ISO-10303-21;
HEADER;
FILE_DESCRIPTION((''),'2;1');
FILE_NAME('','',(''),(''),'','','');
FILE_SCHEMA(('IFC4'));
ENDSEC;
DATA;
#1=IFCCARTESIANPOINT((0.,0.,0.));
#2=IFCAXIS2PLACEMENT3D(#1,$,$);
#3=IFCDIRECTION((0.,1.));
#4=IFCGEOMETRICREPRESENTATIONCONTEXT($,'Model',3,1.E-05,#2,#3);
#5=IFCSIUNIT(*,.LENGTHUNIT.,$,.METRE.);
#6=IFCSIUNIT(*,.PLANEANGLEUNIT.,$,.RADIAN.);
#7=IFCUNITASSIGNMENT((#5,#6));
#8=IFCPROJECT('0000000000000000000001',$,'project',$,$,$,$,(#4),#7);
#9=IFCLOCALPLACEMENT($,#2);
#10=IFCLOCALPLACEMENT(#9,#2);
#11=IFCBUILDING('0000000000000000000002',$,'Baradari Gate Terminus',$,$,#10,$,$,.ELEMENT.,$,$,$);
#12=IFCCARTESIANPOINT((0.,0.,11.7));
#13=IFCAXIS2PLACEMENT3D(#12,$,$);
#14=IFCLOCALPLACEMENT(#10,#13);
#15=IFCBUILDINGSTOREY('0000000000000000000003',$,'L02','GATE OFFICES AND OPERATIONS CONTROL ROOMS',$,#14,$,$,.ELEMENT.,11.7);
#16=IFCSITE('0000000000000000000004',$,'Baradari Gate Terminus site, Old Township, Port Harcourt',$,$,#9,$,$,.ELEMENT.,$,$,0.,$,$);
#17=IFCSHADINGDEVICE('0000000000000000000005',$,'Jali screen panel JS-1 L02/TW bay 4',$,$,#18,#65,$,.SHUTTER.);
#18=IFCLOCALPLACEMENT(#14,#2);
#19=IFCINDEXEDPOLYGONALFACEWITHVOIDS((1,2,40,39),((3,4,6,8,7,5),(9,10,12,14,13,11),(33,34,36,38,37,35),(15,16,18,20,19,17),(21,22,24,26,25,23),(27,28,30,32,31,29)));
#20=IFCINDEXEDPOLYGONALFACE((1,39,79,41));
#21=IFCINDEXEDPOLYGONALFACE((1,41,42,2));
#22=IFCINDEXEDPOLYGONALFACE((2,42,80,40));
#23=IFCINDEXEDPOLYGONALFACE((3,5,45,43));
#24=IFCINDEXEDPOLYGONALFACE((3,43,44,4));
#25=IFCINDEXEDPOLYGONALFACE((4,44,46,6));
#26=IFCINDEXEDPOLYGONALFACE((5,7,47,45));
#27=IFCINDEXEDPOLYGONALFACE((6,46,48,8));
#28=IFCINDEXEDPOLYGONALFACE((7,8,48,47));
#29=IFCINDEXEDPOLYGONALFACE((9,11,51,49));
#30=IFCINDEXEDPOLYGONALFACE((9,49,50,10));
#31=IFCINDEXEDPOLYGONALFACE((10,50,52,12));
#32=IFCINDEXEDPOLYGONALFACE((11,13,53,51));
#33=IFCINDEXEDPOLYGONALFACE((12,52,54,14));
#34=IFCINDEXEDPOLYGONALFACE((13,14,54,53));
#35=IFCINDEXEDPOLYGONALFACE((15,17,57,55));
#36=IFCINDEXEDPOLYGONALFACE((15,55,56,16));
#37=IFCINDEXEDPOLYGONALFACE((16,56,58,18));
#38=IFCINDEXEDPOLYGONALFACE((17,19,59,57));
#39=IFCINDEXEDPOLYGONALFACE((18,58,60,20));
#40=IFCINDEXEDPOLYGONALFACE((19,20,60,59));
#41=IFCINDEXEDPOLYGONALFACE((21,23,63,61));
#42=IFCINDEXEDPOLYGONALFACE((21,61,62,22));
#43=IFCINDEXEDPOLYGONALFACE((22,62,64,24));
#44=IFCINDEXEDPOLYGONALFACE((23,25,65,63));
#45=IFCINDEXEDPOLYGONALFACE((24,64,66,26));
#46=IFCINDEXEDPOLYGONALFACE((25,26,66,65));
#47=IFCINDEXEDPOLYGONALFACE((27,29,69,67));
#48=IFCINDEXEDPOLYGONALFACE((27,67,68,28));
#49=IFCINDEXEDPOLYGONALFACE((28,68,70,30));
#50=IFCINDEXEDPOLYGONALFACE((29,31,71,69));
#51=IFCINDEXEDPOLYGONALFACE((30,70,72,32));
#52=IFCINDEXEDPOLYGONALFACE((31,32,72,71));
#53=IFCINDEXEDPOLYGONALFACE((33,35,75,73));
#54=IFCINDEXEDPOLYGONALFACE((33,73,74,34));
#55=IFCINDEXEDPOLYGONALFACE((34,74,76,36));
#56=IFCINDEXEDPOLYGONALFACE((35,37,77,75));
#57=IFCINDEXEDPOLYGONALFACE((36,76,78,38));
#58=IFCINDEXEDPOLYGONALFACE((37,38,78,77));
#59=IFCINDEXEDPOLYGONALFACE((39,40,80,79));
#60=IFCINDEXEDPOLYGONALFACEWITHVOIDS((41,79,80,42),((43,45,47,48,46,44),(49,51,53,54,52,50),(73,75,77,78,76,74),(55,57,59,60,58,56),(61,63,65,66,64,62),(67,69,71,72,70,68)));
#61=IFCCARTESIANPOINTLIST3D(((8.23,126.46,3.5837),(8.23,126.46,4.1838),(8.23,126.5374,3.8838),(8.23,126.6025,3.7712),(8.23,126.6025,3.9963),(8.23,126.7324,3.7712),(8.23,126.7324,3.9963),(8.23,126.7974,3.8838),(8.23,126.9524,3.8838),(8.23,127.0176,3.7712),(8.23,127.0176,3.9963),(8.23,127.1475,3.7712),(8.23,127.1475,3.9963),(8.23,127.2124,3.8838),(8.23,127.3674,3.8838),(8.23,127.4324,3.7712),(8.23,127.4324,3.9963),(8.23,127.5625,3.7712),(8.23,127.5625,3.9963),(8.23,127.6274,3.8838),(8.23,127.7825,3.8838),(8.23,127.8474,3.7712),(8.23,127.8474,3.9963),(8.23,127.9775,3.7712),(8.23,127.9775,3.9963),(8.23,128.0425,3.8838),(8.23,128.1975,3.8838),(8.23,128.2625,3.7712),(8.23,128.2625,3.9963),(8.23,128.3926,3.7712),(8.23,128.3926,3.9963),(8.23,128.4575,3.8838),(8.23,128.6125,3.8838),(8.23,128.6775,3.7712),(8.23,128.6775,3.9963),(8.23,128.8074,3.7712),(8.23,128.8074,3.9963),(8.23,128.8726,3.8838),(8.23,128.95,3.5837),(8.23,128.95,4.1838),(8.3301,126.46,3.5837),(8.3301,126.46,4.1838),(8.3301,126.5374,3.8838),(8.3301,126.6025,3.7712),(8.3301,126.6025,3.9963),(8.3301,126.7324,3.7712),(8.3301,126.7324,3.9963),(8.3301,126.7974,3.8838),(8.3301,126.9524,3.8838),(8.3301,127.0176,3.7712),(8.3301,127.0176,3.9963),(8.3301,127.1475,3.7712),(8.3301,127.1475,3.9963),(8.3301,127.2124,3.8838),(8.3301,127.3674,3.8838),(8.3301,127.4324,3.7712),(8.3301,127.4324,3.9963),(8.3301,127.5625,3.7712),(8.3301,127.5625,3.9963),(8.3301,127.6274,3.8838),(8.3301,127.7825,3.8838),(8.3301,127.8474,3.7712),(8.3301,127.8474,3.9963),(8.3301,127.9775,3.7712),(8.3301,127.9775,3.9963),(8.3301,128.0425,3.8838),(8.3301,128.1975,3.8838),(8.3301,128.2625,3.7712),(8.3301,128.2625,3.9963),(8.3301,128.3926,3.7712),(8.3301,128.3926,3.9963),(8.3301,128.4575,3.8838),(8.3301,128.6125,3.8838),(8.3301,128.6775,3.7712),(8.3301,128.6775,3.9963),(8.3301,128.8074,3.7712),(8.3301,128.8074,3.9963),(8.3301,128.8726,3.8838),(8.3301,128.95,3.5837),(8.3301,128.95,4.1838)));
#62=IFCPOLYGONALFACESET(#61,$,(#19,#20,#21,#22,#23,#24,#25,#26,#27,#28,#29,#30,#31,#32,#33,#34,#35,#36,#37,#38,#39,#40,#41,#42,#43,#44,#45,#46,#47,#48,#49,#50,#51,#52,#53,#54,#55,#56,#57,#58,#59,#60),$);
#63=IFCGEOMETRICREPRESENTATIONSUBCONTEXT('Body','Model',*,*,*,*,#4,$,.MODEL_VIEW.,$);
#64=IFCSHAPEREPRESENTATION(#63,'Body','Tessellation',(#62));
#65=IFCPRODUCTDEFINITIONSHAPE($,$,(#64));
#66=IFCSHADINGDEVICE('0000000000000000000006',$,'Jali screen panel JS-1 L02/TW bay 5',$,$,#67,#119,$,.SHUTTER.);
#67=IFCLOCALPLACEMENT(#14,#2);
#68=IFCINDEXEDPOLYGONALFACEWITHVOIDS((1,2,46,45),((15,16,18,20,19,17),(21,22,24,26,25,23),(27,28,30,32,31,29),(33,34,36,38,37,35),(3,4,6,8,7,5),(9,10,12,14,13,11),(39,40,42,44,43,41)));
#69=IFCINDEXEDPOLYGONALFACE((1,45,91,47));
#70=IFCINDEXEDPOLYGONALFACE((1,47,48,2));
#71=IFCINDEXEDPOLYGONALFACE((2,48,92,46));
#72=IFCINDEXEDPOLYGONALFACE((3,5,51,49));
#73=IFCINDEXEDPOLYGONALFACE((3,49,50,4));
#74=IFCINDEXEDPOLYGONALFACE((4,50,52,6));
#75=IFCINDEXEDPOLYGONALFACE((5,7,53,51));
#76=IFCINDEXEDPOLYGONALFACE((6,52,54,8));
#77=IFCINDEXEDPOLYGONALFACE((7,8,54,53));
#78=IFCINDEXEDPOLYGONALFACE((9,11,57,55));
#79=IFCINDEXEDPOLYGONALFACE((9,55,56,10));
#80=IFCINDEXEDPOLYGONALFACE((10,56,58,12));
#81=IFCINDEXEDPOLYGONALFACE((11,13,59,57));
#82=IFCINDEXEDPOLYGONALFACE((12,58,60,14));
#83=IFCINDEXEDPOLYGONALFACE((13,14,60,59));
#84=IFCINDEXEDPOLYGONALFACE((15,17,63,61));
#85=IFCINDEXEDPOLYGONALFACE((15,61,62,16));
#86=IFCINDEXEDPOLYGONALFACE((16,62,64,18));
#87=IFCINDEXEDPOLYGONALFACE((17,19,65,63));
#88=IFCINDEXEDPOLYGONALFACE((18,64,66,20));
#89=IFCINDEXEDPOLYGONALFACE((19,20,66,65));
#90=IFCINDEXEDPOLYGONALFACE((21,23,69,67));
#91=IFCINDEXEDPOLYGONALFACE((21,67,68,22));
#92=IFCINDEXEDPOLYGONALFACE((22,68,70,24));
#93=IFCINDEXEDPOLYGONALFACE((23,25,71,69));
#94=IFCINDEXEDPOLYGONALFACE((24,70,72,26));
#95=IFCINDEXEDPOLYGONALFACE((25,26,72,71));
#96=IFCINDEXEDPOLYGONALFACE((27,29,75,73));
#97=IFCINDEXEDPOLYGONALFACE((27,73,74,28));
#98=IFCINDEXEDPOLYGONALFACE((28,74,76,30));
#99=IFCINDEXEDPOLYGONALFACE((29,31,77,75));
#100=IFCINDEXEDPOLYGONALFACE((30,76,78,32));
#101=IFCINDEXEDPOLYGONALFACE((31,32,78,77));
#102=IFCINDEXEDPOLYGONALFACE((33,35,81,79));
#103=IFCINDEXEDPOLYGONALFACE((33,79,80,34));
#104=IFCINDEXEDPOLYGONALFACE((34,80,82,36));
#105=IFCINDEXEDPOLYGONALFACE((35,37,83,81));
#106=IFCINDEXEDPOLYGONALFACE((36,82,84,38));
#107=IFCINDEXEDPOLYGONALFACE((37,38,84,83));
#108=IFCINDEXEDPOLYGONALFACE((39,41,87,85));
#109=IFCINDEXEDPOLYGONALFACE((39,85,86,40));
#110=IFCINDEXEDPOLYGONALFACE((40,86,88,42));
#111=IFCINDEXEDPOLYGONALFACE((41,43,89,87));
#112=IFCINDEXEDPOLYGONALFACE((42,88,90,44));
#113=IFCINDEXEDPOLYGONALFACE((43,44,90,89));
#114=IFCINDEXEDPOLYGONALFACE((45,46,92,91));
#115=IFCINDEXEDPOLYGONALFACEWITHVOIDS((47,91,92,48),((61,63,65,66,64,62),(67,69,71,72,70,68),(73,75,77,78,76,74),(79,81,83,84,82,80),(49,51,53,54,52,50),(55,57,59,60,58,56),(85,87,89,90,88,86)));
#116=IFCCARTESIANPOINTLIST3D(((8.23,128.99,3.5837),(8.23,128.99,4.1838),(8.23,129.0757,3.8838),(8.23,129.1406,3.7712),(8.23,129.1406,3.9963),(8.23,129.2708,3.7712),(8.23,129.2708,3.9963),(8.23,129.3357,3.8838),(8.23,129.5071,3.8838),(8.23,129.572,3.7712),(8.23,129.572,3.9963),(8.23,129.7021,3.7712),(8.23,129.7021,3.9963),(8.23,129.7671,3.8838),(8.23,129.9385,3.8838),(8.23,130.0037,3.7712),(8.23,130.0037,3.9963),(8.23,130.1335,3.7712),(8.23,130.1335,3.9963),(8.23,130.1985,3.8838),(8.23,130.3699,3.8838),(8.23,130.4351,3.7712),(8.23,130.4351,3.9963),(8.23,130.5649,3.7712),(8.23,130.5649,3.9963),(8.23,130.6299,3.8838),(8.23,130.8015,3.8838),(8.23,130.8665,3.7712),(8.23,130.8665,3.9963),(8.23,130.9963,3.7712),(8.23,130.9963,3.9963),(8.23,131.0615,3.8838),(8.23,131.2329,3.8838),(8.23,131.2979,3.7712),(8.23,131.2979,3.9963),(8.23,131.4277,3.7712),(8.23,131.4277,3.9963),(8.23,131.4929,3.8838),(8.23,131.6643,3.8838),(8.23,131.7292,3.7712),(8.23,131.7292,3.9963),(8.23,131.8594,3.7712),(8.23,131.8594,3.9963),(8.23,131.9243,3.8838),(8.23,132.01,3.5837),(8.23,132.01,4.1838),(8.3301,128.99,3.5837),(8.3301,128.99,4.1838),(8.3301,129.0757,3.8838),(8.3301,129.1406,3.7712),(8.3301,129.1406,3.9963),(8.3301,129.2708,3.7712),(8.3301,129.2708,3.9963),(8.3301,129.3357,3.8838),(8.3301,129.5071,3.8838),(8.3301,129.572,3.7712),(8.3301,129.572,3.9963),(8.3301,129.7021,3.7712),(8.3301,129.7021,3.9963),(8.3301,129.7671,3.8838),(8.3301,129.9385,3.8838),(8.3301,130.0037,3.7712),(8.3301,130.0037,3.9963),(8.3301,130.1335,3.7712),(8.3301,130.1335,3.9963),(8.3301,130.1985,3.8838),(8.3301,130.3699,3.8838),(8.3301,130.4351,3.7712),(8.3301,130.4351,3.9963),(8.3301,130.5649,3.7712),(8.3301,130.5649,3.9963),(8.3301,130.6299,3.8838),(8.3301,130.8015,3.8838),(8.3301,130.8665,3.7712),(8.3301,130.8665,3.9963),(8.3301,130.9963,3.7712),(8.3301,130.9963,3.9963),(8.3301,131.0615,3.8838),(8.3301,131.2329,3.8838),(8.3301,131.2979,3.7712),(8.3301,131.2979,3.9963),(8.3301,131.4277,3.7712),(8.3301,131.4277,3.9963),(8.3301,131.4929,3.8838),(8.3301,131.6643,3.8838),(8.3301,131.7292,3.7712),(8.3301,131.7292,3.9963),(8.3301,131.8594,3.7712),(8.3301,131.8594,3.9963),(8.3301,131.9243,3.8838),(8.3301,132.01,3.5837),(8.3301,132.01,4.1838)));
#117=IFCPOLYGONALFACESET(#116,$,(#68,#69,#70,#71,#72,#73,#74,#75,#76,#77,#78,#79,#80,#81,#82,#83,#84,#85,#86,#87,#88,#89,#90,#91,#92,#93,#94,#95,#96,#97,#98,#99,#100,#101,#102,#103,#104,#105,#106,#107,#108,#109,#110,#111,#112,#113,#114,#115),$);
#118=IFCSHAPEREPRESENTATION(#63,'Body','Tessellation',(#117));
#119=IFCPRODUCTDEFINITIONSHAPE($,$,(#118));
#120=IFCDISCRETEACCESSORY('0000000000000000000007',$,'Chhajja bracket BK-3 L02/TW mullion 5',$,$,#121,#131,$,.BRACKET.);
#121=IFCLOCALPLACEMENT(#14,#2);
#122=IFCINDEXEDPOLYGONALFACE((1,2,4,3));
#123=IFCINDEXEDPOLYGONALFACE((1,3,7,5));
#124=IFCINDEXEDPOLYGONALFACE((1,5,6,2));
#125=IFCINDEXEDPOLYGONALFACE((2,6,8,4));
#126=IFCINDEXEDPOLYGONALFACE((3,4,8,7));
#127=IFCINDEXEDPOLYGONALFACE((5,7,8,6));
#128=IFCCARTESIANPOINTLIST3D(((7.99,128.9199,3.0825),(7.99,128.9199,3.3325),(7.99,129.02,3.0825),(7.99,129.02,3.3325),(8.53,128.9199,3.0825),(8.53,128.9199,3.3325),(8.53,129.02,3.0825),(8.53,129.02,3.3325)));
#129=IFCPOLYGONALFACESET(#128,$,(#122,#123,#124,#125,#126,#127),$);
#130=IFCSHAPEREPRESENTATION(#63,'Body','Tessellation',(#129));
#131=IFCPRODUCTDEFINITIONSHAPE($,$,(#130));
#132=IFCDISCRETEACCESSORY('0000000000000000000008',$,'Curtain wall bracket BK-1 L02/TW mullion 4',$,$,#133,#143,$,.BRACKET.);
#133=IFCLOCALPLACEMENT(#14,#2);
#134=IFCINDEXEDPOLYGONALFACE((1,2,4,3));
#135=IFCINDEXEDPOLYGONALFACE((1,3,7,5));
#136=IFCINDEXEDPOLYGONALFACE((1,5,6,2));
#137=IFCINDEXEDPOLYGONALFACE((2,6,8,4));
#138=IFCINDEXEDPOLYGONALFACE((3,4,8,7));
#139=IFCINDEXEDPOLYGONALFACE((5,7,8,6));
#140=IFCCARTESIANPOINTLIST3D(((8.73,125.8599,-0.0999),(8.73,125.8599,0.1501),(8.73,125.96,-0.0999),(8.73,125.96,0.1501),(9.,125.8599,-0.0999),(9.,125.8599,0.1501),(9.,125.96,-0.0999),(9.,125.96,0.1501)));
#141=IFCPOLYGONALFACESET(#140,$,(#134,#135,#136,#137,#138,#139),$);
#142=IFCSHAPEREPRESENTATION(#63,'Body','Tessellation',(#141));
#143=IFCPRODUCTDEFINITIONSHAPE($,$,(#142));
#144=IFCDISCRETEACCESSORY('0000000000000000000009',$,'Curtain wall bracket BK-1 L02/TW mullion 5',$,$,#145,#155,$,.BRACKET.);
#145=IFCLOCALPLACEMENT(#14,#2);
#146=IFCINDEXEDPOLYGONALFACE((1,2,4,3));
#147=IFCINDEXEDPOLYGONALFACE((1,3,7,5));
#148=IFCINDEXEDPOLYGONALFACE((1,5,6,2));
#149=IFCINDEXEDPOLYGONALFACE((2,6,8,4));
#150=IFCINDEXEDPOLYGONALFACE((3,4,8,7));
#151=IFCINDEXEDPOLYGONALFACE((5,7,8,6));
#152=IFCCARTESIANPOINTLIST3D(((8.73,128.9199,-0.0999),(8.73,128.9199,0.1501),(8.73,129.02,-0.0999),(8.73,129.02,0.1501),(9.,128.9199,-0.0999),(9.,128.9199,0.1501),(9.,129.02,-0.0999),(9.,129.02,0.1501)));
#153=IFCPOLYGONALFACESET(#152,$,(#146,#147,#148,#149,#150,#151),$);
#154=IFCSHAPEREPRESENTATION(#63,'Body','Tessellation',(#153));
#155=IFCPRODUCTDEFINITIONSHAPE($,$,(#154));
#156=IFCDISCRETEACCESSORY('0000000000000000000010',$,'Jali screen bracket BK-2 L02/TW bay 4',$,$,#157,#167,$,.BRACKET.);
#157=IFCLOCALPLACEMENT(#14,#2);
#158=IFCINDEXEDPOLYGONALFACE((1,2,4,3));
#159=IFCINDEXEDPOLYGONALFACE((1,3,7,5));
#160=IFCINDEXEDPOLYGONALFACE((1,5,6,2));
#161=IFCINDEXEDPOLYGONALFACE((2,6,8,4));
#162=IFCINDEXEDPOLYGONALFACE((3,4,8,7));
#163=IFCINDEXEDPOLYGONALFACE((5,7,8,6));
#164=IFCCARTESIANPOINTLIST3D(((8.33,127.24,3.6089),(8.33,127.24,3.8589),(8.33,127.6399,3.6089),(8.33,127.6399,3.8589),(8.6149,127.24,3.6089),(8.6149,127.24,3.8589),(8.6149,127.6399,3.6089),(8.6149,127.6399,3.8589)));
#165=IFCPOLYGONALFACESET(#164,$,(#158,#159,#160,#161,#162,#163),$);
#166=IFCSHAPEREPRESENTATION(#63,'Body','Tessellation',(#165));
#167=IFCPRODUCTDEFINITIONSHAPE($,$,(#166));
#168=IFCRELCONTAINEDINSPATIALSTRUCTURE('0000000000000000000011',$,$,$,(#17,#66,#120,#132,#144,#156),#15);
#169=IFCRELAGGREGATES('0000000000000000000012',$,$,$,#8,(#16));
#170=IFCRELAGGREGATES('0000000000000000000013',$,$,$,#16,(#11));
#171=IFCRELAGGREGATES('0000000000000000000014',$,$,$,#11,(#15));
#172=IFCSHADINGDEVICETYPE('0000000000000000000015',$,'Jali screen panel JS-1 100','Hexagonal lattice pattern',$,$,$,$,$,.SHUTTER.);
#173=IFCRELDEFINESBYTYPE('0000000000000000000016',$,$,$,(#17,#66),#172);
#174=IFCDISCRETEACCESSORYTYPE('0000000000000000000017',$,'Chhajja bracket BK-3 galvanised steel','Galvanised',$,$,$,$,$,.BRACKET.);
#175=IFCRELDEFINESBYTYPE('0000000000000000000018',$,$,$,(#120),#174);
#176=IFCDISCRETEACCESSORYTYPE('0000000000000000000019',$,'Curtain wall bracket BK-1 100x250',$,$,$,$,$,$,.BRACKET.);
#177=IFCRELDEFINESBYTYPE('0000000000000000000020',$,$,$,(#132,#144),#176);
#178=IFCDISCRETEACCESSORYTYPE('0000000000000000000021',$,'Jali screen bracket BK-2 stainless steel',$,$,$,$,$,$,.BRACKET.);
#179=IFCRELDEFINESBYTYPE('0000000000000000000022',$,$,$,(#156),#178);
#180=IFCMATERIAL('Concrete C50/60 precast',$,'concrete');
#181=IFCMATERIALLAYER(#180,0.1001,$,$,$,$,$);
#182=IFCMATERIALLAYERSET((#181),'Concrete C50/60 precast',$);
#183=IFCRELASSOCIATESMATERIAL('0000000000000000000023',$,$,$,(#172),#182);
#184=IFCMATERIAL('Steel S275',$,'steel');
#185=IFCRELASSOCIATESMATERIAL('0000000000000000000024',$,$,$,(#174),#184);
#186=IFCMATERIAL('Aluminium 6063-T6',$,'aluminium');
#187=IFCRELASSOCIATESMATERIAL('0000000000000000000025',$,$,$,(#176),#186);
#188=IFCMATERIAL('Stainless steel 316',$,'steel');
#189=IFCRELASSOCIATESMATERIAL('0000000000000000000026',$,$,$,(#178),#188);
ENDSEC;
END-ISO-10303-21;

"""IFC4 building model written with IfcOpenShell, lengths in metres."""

from ifc_helpers import new_model, si_unit, direction, frame, origin, origin_2d, place, context, subcontext, project, spatial, polyline, rectangle, outline, extrude, material, layer, layer_set, type_object, element, save


model = new_model("IFC4")

# Units and contexts
model_context = context("Model", 3, precision=1e-05, world=origin(), true_north=direction((0.0, 1.0)))
body_context = subcontext(model_context, "Body", "Model", "MODEL_VIEW")
ifc_project = project(units=[si_unit("LENGTHUNIT", "METRE"), si_unit("PLANEANGLEUNIT", "RADIAN")], contexts=[model_context])

# Site, building, storey
site_placement = place(None, origin())
site = spatial("IfcSite", under=ifc_project, at=site_placement, Name="Baradari Gate Terminus site, Old Township, Port Harcourt", CompositionType="ELEMENT", RefElevation=0.0)
building_placement = place(site_placement, origin())
building = spatial("IfcBuilding", under=site, at=building_placement, Name="Baradari Gate Terminus", CompositionType="ELEMENT")
storey_placement = place(building_placement, frame((0.0, 0.0, 11.7)))
storey = spatial("IfcBuildingStorey", under=building, at=storey_placement, Name="L02", Description="GATE OFFICES AND OPERATIONS CONTROL ROOMS", CompositionType="ELEMENT", Elevation=11.7)

# Shading devices
ifc_material_1 = material(Name="Concrete C50/60 precast", Category="concrete")
ifc_layer_1 = layer(ifc_material_1, 0.1001)
ifc_layer_set_1 = layer_set([ifc_layer_1], Name="Concrete C50/60 precast")
shading_device_type_1 = type_object("IfcShadingDeviceType", Name="Jali screen panel JS-1 100", Description="Hexagonal lattice pattern", PredefinedType="SHUTTER", material=ifc_layer_set_1)
shading_device_1_placement = place(storey_placement, frame((8.28, 126.46, 3.5837), z_axis=(0.0, 0.0, 1.0), x_axis=(0.0, 1.0, 0.0)))
element("IfcShadingDevice", 1, at=shading_device_1_placement, inside=storey, type_object=shading_device_type_1, Name="Jali screen panel JS-1 L02/TW bay 4", PredefinedType="SHUTTER", context=body_context, shape_type="SweptSolid", body=[
    extrude(outline(polyline([(0.0, 0.0), (2.49, 0.0), (2.49, 0.6001), (0.0, 0.6001), (0.0, 0.0)]), holes=[polyline([(0.3374, 0.3), (0.2725, 0.1875), (0.1426, 0.1875), (0.0774, 0.3), (0.1426, 0.4126), (0.2725, 0.4126), (0.3374, 0.3)]), polyline([(0.7524, 0.3), (0.6875, 0.1875), (0.5576, 0.1875), (0.4924, 0.3), (0.5576, 0.4126), (0.6875, 0.4126), (0.7524, 0.3)]), polyline([(1.1675, 0.3), (1.1025, 0.1875), (0.9724, 0.1875), (0.9075, 0.3), (0.9724, 0.4126), (1.1025, 0.4126), (1.1675, 0.3)]), polyline([(1.5825, 0.3), (1.5176, 0.1875), (1.3875, 0.1875), (1.3225, 0.3), (1.3875, 0.4126), (1.5176, 0.4126), (1.5825, 0.3)]), polyline([(1.9976, 0.3), (1.9326, 0.1875), (1.8025, 0.1875), (1.7375, 0.3), (1.8025, 0.4126), (1.9326, 0.4126), (1.9976, 0.3)]), polyline([(2.4126, 0.3), (2.3474, 0.1875), (2.2175, 0.1875), (2.1526, 0.3), (2.2175, 0.4126), (2.3474, 0.4126), (2.4126, 0.3)])]), frame((0.0, 0.05, 0.0), z_axis=(0.0, -1.0, 0.0), x_axis=(1.0, 0.0, 0.0)), (0.0, 0.0, 1.0), 0.1001),
])
shading_device_2_placement = place(storey_placement, frame((8.28, 128.99, 3.5837), z_axis=(0.0, 0.0, 1.0), x_axis=(0.0, 1.0, 0.0)))
element("IfcShadingDevice", 2, at=shading_device_2_placement, inside=storey, type_object=shading_device_type_1, Name="Jali screen panel JS-1 L02/TW bay 5", PredefinedType="SHUTTER", context=body_context, shape_type="SweptSolid", body=[
    extrude(outline(polyline([(0.0, 0.0), (3.02, 0.0), (3.02, 0.6001), (0.0, 0.6001), (0.0, 0.0)]), holes=[polyline([(0.3457, 0.3), (0.2808, 0.1875), (0.1506, 0.1875), (0.0857, 0.3), (0.1506, 0.4126), (0.2808, 0.4126), (0.3457, 0.3)]), polyline([(0.7771, 0.3), (0.7122, 0.1875), (0.582, 0.1875), (0.5171, 0.3), (0.582, 0.4126), (0.7122, 0.4126), (0.7771, 0.3)]), polyline([(1.2085, 0.3), (1.1436, 0.1875), (1.0137, 0.1875), (0.9485, 0.3), (1.0137, 0.4126), (1.1436, 0.4126), (1.2085, 0.3)]), polyline([(1.6399, 0.3), (1.575, 0.1875), (1.4451, 0.1875), (1.3799, 0.3), (1.4451, 0.4126), (1.575, 0.4126), (1.6399, 0.3)]), polyline([(2.0715, 0.3), (2.0063, 0.1875), (1.8765, 0.1875), (1.8115, 0.3), (1.8765, 0.4126), (2.0063, 0.4126), (2.0715, 0.3)]), polyline([(2.5029, 0.3), (2.4377, 0.1875), (2.3079, 0.1875), (2.2429, 0.3), (2.3079, 0.4126), (2.4377, 0.4126), (2.5029, 0.3)]), polyline([(2.9343, 0.3), (2.8694, 0.1875), (2.7393, 0.1875), (2.6743, 0.3), (2.7393, 0.4126), (2.8694, 0.4126), (2.9343, 0.3)])]), frame((0.0, 0.05, 0.0), z_axis=(0.0, -1.0, 0.0), x_axis=(1.0, 0.0, 0.0)), (0.0, 0.0, 1.0), 0.1001),
])

# Discrete accessories
ifc_material_2 = material(Name="Steel S275", Category="steel")
discrete_accessory_type_1 = type_object("IfcDiscreteAccessoryType", Name="Chhajja bracket BK-3 galvanised steel", Description="Galvanised", PredefinedType="BRACKET", material=ifc_material_2)
discrete_accessory_1_placement = place(storey_placement, frame((8.26, 128.97, 3.0825), z_axis=(0.0, 0.0, 1.0), x_axis=(-1.0, 0.0, 0.0)))
element("IfcDiscreteAccessory", 3, at=discrete_accessory_1_placement, inside=storey, type_object=discrete_accessory_type_1, Name="Chhajja bracket BK-3 L02/TW mullion 5", PredefinedType="BRACKET", context=body_context, shape_type="SweptSolid", body=[
    extrude(rectangle(XDim=0.54, YDim=0.1001, at=origin_2d()), origin(), (0.0, 0.0, 1.0), 0.25),
])
ifc_material_3 = material(Name="Aluminium 6063-T6", Category="aluminium")
discrete_accessory_type_2 = type_object("IfcDiscreteAccessoryType", Name="Curtain wall bracket BK-1 100x250", PredefinedType="BRACKET", material=ifc_material_3)
for number, where, z_axis, x_axis, name in (
    (4, (8.865, 125.9099, -0.0999), (0.0, 0.0, 1.0), (-1.0, 0.0, 0.0), "Curtain wall bracket BK-1 L02/TW mullion 4"),
    (5, (8.865, 128.97, -0.0999), (0.0, 0.0, 1.0), (-1.0, 0.0, 0.0), "Curtain wall bracket BK-1 L02/TW mullion 5"),
):
    element("IfcDiscreteAccessory", number, at=place(storey_placement, frame(where, z_axis=z_axis, x_axis=x_axis)), inside=storey, type_object=discrete_accessory_type_2, Name=name, PredefinedType="BRACKET", context=body_context, shape_type="SweptSolid", body=[
        extrude(rectangle(XDim=0.27, YDim=0.1001, at=origin_2d()), origin(), (0.0, 0.0, 1.0), 0.25),
    ])
ifc_material_4 = material(Name="Stainless steel 316", Category="steel")
discrete_accessory_type_3 = type_object("IfcDiscreteAccessoryType", Name="Jali screen bracket BK-2 stainless steel", PredefinedType="BRACKET", material=ifc_material_4)
discrete_accessory_2_placement = place(storey_placement, frame((8.4724, 127.4399, 3.6089), z_axis=(0.0, 0.0, 1.0), x_axis=(-1.0, 0.0, 0.0)))
element("IfcDiscreteAccessory", 6, at=discrete_accessory_2_placement, inside=storey, type_object=discrete_accessory_type_3, Name="Jali screen bracket BK-2 L02/TW bay 4", PredefinedType="BRACKET", context=body_context, shape_type="SweptSolid", body=[
    extrude(rectangle(XDim=0.2849, YDim=0.3999, at=origin_2d()), origin(), (0.0, 0.0, 1.0), 0.25),
])

save(model, "model.ifc")
